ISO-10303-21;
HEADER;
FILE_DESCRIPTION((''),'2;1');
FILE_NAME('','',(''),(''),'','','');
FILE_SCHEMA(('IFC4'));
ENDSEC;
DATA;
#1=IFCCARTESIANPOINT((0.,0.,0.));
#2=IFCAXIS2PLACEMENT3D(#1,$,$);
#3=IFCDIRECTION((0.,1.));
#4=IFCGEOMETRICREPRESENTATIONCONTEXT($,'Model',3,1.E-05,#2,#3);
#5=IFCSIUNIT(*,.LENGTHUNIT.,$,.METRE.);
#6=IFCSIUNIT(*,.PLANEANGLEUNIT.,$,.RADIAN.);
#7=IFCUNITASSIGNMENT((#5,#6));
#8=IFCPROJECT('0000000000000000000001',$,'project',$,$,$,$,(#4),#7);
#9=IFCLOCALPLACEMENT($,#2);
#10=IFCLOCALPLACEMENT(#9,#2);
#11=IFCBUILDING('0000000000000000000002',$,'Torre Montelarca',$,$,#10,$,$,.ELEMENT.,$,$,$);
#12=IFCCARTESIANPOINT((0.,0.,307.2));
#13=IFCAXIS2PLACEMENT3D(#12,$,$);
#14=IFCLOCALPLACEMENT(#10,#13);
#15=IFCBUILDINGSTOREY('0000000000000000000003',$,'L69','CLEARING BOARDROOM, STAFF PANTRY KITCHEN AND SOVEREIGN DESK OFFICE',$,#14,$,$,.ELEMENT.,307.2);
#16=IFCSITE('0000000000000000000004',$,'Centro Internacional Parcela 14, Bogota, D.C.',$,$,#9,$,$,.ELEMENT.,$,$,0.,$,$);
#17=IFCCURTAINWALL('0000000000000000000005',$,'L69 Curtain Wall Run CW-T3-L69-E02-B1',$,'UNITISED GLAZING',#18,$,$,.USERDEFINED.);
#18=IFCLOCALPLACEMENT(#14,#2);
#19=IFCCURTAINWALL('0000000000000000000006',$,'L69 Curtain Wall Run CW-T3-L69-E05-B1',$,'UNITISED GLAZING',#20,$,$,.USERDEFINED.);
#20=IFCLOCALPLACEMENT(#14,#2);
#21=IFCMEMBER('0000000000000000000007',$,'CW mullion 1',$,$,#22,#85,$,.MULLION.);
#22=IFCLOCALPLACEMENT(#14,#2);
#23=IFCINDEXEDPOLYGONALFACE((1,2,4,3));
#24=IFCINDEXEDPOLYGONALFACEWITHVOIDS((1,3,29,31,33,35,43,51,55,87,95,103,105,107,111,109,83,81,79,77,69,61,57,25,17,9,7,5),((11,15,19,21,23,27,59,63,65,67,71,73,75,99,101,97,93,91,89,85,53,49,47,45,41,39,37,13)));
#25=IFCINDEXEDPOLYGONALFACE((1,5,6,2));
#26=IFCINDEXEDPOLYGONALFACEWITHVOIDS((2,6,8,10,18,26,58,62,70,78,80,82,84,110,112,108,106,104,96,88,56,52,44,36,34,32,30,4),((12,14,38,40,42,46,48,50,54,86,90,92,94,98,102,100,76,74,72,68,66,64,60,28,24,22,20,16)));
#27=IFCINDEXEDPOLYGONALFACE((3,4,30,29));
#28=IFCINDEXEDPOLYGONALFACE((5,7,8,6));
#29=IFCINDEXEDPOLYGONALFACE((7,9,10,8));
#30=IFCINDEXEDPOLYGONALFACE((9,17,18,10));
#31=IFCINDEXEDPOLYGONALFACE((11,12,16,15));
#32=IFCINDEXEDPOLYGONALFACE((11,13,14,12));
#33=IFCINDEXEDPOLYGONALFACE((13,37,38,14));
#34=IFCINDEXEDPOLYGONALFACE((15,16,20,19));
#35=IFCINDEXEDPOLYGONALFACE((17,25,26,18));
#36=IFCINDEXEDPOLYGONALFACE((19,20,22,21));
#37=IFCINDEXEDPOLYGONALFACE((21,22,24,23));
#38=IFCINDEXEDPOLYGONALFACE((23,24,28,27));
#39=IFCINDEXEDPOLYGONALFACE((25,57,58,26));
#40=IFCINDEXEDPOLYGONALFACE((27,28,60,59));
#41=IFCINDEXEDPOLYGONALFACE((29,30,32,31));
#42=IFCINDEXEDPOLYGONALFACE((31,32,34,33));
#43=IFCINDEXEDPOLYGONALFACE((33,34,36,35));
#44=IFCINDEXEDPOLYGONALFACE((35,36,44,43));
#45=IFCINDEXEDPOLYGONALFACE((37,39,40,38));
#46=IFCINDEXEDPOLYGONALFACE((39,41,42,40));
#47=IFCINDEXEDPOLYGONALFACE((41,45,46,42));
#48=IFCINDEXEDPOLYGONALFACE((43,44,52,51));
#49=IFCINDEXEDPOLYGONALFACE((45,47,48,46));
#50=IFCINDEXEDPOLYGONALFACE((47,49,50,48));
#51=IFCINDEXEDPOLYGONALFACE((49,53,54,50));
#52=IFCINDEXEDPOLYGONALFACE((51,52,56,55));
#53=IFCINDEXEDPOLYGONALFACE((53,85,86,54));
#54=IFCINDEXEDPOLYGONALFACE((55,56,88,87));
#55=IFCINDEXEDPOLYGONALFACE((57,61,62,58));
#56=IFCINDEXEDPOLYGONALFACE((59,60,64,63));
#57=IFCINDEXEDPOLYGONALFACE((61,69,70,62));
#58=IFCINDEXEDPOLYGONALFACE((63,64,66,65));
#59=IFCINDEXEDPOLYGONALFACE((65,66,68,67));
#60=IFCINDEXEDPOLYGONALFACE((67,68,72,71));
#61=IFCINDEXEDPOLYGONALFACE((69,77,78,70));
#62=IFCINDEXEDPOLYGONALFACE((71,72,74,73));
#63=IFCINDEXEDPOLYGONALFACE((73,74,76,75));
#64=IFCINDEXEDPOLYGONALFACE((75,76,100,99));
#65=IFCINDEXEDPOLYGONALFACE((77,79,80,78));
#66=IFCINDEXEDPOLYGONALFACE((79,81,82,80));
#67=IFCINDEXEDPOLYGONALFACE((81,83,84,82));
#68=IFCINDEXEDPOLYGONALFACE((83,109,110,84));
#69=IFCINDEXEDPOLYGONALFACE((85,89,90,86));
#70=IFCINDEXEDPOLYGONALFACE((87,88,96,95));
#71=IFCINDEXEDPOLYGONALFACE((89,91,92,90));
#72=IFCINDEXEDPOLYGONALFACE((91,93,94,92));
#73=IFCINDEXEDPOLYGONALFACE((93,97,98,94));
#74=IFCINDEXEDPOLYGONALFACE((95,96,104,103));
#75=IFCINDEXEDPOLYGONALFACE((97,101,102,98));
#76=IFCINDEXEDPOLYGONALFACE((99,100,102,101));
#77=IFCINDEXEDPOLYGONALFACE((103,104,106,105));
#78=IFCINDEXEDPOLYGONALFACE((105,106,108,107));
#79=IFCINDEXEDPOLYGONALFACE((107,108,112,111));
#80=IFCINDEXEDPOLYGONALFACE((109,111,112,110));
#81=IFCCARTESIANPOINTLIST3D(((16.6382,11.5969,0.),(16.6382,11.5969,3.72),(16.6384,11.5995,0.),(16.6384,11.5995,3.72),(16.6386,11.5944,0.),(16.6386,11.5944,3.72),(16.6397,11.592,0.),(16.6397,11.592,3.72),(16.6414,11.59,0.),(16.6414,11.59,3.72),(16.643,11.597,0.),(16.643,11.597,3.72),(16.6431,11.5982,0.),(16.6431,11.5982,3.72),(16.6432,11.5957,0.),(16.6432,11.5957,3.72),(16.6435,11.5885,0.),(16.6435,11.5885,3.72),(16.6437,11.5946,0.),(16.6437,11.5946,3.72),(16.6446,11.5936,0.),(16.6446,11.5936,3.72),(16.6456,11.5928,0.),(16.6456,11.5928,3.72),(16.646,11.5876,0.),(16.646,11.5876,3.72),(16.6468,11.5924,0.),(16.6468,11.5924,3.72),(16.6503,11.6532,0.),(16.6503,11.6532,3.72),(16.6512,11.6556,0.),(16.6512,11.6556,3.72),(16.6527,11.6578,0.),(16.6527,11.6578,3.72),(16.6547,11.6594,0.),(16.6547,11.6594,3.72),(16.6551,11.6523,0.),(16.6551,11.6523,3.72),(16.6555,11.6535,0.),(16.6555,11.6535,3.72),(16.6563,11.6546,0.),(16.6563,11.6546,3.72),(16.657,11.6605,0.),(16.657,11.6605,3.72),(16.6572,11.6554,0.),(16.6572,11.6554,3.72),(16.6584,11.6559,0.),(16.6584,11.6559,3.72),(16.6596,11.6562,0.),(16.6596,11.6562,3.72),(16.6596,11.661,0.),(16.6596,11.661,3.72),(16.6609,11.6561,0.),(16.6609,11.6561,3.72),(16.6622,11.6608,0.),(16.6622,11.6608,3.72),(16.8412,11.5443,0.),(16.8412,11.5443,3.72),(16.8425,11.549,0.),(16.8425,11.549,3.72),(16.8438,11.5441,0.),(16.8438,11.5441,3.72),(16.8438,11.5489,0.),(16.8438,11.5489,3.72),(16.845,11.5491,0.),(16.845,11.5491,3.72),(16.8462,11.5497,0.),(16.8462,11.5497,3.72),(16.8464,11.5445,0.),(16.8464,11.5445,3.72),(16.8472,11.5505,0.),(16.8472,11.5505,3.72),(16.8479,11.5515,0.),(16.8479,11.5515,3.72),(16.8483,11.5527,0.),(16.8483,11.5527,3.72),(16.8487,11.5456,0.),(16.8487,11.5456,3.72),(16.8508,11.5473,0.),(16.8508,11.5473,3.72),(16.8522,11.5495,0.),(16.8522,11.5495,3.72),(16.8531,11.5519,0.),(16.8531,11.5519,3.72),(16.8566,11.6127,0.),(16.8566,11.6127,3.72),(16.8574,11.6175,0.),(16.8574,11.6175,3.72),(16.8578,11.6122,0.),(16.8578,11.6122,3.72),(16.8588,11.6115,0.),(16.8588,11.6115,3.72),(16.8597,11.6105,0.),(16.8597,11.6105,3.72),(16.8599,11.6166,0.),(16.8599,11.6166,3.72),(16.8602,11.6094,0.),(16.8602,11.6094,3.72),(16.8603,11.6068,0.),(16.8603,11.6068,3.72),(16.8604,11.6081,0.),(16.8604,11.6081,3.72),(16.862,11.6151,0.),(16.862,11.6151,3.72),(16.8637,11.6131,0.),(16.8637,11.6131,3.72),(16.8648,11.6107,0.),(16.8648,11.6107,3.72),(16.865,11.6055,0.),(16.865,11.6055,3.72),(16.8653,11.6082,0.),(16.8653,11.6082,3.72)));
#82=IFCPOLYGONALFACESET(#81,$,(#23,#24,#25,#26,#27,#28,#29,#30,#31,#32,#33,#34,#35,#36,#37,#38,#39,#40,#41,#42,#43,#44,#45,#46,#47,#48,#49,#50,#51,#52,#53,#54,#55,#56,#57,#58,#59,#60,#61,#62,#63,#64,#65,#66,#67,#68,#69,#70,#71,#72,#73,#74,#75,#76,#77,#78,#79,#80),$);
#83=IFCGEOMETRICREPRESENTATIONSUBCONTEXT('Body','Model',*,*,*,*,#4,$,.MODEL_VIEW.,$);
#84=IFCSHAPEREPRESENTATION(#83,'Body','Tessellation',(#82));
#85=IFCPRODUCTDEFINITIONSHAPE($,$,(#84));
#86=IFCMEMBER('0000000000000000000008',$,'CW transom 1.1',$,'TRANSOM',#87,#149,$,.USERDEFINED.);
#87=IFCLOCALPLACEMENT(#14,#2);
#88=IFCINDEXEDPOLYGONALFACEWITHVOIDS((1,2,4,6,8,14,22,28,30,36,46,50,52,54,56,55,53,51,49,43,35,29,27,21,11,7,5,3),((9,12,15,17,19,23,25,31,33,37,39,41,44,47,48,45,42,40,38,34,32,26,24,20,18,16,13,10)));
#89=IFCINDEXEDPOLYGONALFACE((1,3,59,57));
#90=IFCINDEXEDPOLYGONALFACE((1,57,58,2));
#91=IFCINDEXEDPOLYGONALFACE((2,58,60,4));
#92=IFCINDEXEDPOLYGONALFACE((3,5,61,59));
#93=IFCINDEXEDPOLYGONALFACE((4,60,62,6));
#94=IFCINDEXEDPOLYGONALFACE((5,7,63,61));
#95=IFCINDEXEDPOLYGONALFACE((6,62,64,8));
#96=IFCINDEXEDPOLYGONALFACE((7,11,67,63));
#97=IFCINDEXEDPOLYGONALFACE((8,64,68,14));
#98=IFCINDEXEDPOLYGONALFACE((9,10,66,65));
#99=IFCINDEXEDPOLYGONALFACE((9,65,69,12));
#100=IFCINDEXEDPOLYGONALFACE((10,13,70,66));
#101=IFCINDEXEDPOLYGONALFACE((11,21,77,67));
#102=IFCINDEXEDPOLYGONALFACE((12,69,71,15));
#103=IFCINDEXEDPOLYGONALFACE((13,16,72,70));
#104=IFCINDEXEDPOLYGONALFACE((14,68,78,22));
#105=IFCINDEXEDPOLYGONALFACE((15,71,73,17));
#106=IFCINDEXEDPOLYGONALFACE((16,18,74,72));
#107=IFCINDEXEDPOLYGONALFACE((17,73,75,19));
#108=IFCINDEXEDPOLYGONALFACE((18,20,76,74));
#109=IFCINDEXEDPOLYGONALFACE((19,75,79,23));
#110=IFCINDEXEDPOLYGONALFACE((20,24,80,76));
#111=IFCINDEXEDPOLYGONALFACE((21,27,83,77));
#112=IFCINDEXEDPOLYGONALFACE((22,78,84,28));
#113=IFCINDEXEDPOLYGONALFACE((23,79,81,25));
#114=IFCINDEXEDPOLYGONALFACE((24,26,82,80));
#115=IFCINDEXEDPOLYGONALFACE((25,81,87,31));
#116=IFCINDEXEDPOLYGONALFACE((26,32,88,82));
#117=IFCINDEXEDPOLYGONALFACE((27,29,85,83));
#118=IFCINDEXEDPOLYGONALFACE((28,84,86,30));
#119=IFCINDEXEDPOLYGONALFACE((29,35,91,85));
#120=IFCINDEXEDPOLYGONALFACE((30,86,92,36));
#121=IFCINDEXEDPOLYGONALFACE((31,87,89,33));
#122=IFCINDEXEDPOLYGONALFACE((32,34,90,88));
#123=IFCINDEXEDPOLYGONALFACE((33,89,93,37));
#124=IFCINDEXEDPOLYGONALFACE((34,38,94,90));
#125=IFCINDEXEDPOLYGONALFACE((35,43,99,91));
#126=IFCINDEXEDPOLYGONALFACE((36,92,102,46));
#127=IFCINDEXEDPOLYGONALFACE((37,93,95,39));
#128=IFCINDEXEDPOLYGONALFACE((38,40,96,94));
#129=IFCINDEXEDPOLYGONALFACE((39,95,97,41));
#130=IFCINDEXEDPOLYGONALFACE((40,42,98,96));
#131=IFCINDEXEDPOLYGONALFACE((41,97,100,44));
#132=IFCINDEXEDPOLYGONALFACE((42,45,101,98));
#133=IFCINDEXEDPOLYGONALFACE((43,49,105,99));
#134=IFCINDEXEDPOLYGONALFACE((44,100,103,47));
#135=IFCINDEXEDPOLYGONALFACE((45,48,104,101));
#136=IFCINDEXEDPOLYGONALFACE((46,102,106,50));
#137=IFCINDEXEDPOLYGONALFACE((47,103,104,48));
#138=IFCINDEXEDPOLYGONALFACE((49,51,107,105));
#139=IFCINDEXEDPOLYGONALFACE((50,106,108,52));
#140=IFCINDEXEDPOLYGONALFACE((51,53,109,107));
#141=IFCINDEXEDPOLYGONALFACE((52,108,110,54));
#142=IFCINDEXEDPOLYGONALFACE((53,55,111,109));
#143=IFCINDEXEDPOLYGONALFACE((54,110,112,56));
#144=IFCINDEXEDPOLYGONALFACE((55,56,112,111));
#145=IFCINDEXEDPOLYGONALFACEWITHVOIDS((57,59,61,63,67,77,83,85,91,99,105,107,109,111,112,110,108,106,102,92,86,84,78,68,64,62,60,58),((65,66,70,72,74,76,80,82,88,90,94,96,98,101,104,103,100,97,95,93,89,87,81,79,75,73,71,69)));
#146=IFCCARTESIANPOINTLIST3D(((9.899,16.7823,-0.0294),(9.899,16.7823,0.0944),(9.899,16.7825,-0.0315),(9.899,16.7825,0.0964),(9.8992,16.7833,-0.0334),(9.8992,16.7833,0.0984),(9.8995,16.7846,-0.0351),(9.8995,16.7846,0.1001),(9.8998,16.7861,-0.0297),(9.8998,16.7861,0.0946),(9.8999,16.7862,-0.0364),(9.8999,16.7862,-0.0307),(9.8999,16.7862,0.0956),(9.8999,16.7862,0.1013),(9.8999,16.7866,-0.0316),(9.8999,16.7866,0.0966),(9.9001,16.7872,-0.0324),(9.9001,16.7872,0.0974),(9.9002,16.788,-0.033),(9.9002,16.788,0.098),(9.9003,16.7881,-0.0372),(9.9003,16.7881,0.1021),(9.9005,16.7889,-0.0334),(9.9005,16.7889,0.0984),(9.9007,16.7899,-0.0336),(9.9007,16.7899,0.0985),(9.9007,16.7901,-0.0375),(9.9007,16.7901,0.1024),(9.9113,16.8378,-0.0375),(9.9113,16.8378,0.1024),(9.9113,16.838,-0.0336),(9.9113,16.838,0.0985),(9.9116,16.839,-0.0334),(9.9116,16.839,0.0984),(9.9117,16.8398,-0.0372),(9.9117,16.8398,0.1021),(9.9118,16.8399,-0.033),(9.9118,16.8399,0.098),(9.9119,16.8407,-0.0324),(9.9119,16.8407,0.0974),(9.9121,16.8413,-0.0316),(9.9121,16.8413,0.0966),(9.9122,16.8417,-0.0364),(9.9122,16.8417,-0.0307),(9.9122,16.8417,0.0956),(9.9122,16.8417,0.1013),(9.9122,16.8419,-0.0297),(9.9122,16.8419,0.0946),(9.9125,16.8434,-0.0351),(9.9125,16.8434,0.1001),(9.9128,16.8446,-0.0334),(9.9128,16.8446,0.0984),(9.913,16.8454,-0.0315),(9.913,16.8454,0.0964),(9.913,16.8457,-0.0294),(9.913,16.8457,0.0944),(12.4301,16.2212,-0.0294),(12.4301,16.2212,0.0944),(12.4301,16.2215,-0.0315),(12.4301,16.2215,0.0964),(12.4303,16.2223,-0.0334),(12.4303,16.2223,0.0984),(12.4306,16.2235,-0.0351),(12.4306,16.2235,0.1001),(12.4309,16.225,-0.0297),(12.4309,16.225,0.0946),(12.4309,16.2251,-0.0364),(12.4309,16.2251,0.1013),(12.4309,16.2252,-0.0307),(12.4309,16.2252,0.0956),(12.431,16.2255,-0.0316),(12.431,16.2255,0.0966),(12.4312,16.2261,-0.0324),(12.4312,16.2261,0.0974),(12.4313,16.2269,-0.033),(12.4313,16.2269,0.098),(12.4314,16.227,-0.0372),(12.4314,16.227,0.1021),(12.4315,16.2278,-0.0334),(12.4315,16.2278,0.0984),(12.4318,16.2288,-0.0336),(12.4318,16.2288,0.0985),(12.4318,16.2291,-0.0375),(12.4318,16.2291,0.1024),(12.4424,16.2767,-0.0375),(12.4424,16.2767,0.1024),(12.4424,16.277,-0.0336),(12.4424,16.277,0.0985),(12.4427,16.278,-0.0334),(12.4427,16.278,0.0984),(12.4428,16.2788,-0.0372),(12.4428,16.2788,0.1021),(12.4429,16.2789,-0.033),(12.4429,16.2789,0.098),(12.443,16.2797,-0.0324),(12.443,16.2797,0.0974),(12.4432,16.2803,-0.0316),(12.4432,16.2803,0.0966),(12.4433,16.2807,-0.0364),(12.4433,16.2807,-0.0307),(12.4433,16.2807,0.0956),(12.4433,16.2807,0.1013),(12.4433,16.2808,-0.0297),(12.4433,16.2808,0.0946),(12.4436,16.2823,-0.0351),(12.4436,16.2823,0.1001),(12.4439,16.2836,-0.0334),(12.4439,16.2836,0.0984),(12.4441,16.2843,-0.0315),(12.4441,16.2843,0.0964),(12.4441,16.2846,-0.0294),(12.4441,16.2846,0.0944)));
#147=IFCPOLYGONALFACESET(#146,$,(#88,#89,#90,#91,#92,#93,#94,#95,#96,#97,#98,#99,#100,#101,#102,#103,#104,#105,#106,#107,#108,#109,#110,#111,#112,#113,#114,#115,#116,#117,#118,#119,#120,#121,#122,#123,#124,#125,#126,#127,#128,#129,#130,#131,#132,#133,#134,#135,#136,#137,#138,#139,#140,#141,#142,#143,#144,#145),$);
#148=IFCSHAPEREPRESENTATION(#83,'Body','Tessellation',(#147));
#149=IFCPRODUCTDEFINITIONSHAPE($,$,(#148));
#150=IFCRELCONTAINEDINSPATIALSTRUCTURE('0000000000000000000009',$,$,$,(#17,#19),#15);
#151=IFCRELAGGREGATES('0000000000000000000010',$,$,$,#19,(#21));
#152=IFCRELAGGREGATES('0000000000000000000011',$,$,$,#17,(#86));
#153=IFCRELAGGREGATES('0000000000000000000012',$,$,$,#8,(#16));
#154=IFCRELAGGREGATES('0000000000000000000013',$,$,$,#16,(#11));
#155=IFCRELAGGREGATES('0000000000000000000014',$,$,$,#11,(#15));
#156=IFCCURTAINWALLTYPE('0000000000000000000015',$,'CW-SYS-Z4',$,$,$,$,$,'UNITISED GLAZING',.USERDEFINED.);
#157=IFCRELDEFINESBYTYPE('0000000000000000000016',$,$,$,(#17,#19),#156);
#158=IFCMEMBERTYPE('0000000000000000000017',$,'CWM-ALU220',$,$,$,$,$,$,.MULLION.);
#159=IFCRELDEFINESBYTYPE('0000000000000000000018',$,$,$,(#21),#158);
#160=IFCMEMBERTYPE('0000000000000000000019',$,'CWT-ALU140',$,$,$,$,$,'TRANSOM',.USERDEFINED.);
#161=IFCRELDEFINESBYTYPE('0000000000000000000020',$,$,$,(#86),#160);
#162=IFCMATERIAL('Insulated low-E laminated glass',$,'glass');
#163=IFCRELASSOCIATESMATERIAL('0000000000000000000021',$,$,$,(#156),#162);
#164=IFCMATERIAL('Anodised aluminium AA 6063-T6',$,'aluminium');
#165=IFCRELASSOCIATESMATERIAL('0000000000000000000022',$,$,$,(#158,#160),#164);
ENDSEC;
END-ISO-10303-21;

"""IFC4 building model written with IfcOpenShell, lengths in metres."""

from ifc_helpers import new_model, si_unit, direction, frame, origin, origin_2d, place, context, subcontext, project, spatial, hollow_rectangle, extrude, source, transform, mapped, material, material_profile, profile_set, type_object, element, aggregate, save


model = new_model("IFC4")

# Units and contexts
model_context = context("Model", 3, precision=1e-05, world=origin(), true_north=direction((0.0, 1.0)))
body_context = subcontext(model_context, "Body", "Model", "MODEL_VIEW")
ifc_project = project(units=[si_unit("LENGTHUNIT", "METRE"), si_unit("PLANEANGLEUNIT", "RADIAN")], contexts=[model_context])

# Site, building, storey
site_placement = place(None, origin())
site = spatial("IfcSite", under=ifc_project, at=site_placement, Name="Centro Internacional Parcela 14, Bogota, D.C.", CompositionType="ELEMENT", RefElevation=0.0)
building_placement = place(site_placement, origin())
building = spatial("IfcBuilding", under=site, at=building_placement, Name="Torre Montelarca", CompositionType="ELEMENT")
storey_placement = place(building_placement, frame((0.0, 0.0, 307.2)))
storey = spatial("IfcBuildingStorey", under=building, at=storey_placement, Name="L69", Description="CLEARING BOARDROOM, STAFF PANTRY KITCHEN AND SOVEREIGN DESK OFFICE", CompositionType="ELEMENT", Elevation=307.2)

# Shared definitions
ifc_material_1 = material(Name="Insulated low-E laminated glass", Category="glass")
curtain_wall_type = type_object("IfcCurtainWallType", Name="CW-SYS-Z4", ElementType="UNITISED GLAZING", PredefinedType="USERDEFINED", material=ifc_material_1)
ifc_material_2 = material(Name="Anodised aluminium AA 6063-T6", Category="aluminium")
ifc_material_profile_1 = material_profile(ifc_material_2, hollow_rectangle(XDim=0.075, YDim=0.22, WallThickness=0.0049, InnerFilletRadius=0.0049, OuterFilletRadius=0.01, at=origin_2d()), Name="ALU75X220X5", Category="aluminium")
ifc_profile_set_1 = profile_set([ifc_material_profile_1], Name="Anodised aluminium AA 6063-T6")
member_type_1 = type_object("IfcMemberType", Name="CWM-ALU220", PredefinedType="MULLION", material=ifc_profile_set_1)
shared_shape_1 = source(origin(), body_context, "Body", "SweptSolid", [
    extrude(hollow_rectangle(XDim=0.075, YDim=0.22, WallThickness=0.0049, InnerFilletRadius=0.0049, OuterFilletRadius=0.01, at=origin_2d()), origin(), (0.0, 0.0, 1.0), 3.72),
])

# Curtain wall
curtain_wall_1_placement = place(storey_placement, origin())
curtain_wall_1 = element("IfcCurtainWall", 1, at=curtain_wall_1_placement, inside=storey, type_object=curtain_wall_type, Name="L69 Curtain Wall Run CW-T3-L69-E02-B1", ObjectType="UNITISED GLAZING", PredefinedType="USERDEFINED")

# Curtain wall, member
curtain_wall_2_placement = place(storey_placement, origin())
curtain_wall_2 = element("IfcCurtainWall", 2, at=curtain_wall_2_placement, inside=storey, type_object=curtain_wall_type, Name="L69 Curtain Wall Run CW-T3-L69-E05-B1", ObjectType="UNITISED GLAZING", PredefinedType="USERDEFINED")
member_1_placement = place(storey_placement, frame((16.7517, 11.6025, 0.0), z_axis=(0.0, 0.0, 1.0), x_axis=(0.216439, 0.976296, 0.0)))
member_1 = element("IfcMember", 3, at=member_1_placement, type_object=member_type_1, Name="CW mullion 1", PredefinedType="MULLION", context=body_context, shape_type="MappedRepresentation", body=[
    mapped(shared_shape_1, transform((0.0, 0.0, 0.0), scale=1.0)),
])
aggregate(curtain_wall_2, [member_1])

# Member
ifc_material_profile_2 = material_profile(ifc_material_2, hollow_rectangle(XDim=0.0649, YDim=0.1399, WallThickness=0.0039, InnerFilletRadius=0.0039, OuterFilletRadius=0.0081, at=origin_2d()), Name="ALU65X140X4", Category="aluminium")
ifc_profile_set_2 = profile_set([ifc_material_profile_2], Name="Anodised aluminium AA 6063-T6")
member_type_2 = type_object("IfcMemberType", Name="CWT-ALU140", ElementType="TRANSOM", PredefinedType="USERDEFINED", material=ifc_profile_set_2)
shared_shape_2 = source(origin(), body_context, "Body", "SweptSolid", [
    extrude(hollow_rectangle(XDim=0.0649, YDim=0.1399, WallThickness=0.0039, InnerFilletRadius=0.0039, OuterFilletRadius=0.0081, at=origin_2d()), origin(), (0.0, 0.0, 1.0), 2.5925),
])
member_2_placement = place(storey_placement, frame((9.906, 16.814, 0.0325), z_axis=(0.976302, -0.216412, 0.0), x_axis=(0.216412, 0.976302, 0.0)))
member_2 = element("IfcMember", 4, at=member_2_placement, type_object=member_type_2, Name="CW transom 1.1", ObjectType="TRANSOM", PredefinedType="USERDEFINED", context=body_context, shape_type="MappedRepresentation", body=[
    mapped(shared_shape_2, transform((0.0, 0.0, 0.0), scale=1.0)),
])

aggregate(curtain_wall_1, [member_2])

save(model, "model.ifc")
